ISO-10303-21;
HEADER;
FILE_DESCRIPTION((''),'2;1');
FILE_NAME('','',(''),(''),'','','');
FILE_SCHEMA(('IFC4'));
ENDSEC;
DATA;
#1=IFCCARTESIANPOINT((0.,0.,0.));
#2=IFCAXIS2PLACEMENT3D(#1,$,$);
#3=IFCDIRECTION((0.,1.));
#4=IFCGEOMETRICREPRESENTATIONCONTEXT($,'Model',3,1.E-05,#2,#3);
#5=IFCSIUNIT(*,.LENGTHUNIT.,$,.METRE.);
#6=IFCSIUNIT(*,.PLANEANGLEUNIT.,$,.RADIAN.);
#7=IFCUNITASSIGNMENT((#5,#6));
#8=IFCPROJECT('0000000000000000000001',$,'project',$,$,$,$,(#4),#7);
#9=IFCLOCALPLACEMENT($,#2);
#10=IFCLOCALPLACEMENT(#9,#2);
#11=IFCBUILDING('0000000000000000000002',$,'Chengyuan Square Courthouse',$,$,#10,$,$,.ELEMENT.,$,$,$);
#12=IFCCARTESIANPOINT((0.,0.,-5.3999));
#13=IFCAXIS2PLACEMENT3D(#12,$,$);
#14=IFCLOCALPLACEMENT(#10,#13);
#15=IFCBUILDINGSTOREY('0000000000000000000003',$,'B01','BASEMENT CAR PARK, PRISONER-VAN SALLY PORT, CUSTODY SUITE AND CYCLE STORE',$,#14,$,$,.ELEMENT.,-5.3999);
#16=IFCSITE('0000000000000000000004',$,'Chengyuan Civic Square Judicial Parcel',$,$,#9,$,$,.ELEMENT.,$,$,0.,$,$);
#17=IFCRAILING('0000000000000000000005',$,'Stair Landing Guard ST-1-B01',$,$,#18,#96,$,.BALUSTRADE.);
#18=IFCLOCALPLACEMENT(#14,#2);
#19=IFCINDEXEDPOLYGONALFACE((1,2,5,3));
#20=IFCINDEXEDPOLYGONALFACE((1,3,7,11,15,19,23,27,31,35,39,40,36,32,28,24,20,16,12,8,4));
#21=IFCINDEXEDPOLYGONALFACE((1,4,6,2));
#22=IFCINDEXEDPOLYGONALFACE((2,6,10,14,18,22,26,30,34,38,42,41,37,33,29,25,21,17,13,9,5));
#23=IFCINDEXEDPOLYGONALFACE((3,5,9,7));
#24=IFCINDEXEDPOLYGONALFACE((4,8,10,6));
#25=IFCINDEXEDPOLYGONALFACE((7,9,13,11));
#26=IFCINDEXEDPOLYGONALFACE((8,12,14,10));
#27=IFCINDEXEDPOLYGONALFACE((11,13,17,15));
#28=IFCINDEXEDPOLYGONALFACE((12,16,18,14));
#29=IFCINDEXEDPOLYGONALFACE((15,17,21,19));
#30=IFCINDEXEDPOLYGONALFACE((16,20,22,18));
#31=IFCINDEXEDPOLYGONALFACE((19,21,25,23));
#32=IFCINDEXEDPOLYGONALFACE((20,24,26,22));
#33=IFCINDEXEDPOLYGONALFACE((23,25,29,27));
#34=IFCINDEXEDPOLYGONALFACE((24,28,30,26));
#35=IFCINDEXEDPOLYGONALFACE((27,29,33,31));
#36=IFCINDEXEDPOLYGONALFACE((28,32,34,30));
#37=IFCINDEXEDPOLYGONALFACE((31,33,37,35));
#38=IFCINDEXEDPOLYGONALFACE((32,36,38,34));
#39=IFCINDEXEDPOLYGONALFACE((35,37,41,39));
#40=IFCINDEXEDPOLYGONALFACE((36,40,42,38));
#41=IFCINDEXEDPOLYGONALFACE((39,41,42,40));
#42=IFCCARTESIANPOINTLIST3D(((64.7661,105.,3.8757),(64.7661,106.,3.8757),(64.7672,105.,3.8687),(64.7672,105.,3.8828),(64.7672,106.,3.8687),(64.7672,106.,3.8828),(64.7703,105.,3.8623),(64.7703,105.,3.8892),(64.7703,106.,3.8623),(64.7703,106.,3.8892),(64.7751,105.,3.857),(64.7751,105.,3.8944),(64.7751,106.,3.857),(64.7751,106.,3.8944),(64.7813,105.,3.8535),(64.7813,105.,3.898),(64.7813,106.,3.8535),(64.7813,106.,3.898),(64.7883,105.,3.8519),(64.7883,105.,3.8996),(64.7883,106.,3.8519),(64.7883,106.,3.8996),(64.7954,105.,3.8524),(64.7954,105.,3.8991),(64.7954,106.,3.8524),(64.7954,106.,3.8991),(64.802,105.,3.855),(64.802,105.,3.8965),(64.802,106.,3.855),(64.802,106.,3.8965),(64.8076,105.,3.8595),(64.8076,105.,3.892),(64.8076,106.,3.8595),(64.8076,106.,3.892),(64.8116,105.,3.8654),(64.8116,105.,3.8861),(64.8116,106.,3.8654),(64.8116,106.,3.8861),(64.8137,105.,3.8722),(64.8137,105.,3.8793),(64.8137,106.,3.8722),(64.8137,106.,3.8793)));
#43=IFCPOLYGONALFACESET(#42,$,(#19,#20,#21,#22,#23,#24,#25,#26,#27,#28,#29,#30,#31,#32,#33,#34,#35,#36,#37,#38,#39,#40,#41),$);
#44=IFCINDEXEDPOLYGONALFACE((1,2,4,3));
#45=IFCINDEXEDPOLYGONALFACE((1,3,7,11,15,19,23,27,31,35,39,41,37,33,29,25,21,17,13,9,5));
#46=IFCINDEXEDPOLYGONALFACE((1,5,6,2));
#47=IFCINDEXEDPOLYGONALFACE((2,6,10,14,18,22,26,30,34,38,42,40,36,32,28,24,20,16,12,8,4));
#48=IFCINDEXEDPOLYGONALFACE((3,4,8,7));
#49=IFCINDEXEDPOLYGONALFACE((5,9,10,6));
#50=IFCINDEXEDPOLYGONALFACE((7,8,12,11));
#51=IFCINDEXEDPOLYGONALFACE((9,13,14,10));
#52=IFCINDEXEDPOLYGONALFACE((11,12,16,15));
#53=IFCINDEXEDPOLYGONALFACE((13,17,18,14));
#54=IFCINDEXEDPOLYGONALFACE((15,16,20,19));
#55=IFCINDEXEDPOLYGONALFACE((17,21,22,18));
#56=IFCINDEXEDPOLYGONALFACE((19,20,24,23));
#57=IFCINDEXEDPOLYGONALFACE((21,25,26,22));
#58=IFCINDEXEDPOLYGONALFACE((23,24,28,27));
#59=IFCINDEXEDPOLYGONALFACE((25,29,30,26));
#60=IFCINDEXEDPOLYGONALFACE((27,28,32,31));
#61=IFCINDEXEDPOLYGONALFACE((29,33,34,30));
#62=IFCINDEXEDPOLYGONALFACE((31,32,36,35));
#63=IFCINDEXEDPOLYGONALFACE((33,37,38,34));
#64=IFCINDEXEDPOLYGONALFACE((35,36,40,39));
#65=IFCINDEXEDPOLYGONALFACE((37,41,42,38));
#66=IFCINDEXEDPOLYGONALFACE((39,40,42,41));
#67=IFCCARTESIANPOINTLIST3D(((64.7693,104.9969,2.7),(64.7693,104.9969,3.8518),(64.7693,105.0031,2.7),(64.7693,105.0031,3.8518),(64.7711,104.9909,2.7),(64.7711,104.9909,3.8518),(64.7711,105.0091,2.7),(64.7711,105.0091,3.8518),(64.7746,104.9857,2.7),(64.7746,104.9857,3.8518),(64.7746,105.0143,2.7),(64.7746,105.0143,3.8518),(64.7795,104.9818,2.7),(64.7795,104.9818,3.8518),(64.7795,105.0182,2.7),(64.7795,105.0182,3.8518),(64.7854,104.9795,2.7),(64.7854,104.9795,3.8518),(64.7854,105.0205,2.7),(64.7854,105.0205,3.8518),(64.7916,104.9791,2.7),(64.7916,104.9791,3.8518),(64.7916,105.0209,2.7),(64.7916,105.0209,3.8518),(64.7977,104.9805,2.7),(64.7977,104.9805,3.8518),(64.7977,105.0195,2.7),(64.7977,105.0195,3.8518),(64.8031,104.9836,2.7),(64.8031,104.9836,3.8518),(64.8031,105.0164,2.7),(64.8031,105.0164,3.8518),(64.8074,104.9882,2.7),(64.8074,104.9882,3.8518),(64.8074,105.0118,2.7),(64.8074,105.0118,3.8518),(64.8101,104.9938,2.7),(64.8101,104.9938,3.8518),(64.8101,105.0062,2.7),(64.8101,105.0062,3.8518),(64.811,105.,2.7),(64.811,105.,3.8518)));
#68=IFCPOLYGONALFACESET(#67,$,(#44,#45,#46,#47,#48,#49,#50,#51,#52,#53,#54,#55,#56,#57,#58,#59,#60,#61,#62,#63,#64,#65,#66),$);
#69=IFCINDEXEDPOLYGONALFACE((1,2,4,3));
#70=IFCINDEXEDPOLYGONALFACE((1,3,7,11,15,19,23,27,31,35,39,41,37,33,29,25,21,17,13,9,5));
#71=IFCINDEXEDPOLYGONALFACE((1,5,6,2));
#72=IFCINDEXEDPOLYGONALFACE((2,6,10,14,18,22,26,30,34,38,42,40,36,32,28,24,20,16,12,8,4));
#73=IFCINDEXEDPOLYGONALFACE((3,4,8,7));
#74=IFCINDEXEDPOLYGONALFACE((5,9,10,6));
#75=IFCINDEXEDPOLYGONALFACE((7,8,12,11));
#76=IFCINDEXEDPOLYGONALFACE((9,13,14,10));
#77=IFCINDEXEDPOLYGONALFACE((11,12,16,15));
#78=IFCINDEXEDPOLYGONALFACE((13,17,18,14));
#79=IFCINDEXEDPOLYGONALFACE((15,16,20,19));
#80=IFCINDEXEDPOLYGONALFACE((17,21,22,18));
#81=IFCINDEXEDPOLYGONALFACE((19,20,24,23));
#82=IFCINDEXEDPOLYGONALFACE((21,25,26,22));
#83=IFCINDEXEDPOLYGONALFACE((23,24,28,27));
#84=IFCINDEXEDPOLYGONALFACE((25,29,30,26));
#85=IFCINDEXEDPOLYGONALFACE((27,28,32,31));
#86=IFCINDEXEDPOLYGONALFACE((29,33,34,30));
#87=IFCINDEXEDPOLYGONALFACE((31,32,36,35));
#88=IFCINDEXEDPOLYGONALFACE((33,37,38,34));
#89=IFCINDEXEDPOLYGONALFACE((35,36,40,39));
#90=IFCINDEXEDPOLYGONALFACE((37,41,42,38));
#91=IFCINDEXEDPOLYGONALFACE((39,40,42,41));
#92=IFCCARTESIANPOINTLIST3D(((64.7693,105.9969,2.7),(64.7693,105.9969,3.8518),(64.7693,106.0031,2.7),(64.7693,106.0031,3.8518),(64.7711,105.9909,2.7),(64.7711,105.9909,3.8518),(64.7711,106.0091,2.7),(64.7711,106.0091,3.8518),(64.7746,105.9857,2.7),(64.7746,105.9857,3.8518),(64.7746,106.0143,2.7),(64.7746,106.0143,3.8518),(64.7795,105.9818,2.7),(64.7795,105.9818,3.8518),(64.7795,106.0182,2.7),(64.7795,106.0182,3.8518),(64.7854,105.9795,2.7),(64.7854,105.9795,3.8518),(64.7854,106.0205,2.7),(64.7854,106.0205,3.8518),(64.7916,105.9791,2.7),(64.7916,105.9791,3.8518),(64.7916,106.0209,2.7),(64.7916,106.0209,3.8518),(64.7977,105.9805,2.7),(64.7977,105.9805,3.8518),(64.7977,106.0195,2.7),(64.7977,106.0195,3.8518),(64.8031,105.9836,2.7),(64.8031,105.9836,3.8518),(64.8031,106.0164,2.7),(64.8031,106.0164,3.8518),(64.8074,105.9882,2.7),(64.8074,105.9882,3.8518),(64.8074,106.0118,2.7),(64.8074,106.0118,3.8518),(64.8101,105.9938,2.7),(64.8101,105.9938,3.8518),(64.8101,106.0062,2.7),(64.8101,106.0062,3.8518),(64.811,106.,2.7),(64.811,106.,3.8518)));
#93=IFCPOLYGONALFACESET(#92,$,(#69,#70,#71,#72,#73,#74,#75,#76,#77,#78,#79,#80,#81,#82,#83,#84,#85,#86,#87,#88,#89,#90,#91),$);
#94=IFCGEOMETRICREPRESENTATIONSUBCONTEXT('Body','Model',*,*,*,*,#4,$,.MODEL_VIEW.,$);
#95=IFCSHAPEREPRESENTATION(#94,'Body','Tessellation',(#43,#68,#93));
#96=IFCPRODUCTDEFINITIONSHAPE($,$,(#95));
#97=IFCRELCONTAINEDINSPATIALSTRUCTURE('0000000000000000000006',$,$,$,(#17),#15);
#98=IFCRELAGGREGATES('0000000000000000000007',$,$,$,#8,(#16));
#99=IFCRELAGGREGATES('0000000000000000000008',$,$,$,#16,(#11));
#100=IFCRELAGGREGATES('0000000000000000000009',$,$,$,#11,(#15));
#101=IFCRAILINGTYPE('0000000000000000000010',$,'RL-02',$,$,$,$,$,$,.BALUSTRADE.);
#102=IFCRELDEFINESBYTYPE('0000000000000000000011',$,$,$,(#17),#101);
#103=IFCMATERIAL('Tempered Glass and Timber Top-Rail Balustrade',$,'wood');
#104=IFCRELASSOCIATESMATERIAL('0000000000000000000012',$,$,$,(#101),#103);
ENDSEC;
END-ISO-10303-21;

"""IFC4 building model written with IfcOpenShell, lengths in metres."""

from ifc_helpers import new_model, si_unit, direction, frame, origin, origin_2d, place, context, subcontext, project, spatial, circle, extrude, material, type_object, element, save


model = new_model("IFC4")

# Units and contexts
model_context = context("Model", 3, precision=1e-05, world=origin(), true_north=direction((0.0, 1.0)))
body_context = subcontext(model_context, "Body", "Model", "MODEL_VIEW")
ifc_project = project(units=[si_unit("LENGTHUNIT", "METRE"), si_unit("PLANEANGLEUNIT", "RADIAN")], contexts=[model_context])

# Site, building, storey
site_placement = place(None, origin())
site = spatial("IfcSite", under=ifc_project, at=site_placement, Name="Chengyuan Civic Square Judicial Parcel", CompositionType="ELEMENT", RefElevation=0.0)
building_placement = place(site_placement, origin())
building = spatial("IfcBuilding", under=site, at=building_placement, Name="Chengyuan Square Courthouse", CompositionType="ELEMENT")
storey_placement = place(building_placement, frame((0.0, 0.0, -5.3999)))
storey = spatial("IfcBuildingStorey", under=building, at=storey_placement, Name="B01", Description="BASEMENT CAR PARK, PRISONER-VAN SALLY PORT, CUSTODY SUITE AND CYCLE STORE", CompositionType="ELEMENT", Elevation=-5.3999)

# Railing
ifc_material_1 = material(Name="Tempered Glass and Timber Top-Rail Balustrade", Category="wood")
railing_type_1 = type_object("IfcRailingType", Name="RL-02", PredefinedType="BALUSTRADE", material=ifc_material_1)
for number, where, name in (
    (1, (64.79, 105.0, 2.7), "Stair Landing Guard ST-1-B01"),
):
    element("IfcRailing", number, at=place(storey_placement, frame(where)), inside=storey, type_object=railing_type_1, Name=name, PredefinedType="BALUSTRADE", context=body_context, shape_type="SweptSolid", body=[
        extrude(circle(Radius=0.0239, at=origin_2d()), frame((0.0, 0.0, 1.1758), z_axis=(0.0, 1.0, 0.0), x_axis=(-1.0, 0.0, 0.0)), (0.0, 0.0, 1.0), 1.0),
        extrude(circle(Radius=0.021, at=origin_2d()), origin(), (0.0, 0.0, 1.0), 1.1519),
        extrude(circle(Radius=0.021, at=origin_2d()), frame((0.0, 1.0, 0.0)), (0.0, 0.0, 1.0), 1.1519),
    ])

save(model, "model.ifc")
